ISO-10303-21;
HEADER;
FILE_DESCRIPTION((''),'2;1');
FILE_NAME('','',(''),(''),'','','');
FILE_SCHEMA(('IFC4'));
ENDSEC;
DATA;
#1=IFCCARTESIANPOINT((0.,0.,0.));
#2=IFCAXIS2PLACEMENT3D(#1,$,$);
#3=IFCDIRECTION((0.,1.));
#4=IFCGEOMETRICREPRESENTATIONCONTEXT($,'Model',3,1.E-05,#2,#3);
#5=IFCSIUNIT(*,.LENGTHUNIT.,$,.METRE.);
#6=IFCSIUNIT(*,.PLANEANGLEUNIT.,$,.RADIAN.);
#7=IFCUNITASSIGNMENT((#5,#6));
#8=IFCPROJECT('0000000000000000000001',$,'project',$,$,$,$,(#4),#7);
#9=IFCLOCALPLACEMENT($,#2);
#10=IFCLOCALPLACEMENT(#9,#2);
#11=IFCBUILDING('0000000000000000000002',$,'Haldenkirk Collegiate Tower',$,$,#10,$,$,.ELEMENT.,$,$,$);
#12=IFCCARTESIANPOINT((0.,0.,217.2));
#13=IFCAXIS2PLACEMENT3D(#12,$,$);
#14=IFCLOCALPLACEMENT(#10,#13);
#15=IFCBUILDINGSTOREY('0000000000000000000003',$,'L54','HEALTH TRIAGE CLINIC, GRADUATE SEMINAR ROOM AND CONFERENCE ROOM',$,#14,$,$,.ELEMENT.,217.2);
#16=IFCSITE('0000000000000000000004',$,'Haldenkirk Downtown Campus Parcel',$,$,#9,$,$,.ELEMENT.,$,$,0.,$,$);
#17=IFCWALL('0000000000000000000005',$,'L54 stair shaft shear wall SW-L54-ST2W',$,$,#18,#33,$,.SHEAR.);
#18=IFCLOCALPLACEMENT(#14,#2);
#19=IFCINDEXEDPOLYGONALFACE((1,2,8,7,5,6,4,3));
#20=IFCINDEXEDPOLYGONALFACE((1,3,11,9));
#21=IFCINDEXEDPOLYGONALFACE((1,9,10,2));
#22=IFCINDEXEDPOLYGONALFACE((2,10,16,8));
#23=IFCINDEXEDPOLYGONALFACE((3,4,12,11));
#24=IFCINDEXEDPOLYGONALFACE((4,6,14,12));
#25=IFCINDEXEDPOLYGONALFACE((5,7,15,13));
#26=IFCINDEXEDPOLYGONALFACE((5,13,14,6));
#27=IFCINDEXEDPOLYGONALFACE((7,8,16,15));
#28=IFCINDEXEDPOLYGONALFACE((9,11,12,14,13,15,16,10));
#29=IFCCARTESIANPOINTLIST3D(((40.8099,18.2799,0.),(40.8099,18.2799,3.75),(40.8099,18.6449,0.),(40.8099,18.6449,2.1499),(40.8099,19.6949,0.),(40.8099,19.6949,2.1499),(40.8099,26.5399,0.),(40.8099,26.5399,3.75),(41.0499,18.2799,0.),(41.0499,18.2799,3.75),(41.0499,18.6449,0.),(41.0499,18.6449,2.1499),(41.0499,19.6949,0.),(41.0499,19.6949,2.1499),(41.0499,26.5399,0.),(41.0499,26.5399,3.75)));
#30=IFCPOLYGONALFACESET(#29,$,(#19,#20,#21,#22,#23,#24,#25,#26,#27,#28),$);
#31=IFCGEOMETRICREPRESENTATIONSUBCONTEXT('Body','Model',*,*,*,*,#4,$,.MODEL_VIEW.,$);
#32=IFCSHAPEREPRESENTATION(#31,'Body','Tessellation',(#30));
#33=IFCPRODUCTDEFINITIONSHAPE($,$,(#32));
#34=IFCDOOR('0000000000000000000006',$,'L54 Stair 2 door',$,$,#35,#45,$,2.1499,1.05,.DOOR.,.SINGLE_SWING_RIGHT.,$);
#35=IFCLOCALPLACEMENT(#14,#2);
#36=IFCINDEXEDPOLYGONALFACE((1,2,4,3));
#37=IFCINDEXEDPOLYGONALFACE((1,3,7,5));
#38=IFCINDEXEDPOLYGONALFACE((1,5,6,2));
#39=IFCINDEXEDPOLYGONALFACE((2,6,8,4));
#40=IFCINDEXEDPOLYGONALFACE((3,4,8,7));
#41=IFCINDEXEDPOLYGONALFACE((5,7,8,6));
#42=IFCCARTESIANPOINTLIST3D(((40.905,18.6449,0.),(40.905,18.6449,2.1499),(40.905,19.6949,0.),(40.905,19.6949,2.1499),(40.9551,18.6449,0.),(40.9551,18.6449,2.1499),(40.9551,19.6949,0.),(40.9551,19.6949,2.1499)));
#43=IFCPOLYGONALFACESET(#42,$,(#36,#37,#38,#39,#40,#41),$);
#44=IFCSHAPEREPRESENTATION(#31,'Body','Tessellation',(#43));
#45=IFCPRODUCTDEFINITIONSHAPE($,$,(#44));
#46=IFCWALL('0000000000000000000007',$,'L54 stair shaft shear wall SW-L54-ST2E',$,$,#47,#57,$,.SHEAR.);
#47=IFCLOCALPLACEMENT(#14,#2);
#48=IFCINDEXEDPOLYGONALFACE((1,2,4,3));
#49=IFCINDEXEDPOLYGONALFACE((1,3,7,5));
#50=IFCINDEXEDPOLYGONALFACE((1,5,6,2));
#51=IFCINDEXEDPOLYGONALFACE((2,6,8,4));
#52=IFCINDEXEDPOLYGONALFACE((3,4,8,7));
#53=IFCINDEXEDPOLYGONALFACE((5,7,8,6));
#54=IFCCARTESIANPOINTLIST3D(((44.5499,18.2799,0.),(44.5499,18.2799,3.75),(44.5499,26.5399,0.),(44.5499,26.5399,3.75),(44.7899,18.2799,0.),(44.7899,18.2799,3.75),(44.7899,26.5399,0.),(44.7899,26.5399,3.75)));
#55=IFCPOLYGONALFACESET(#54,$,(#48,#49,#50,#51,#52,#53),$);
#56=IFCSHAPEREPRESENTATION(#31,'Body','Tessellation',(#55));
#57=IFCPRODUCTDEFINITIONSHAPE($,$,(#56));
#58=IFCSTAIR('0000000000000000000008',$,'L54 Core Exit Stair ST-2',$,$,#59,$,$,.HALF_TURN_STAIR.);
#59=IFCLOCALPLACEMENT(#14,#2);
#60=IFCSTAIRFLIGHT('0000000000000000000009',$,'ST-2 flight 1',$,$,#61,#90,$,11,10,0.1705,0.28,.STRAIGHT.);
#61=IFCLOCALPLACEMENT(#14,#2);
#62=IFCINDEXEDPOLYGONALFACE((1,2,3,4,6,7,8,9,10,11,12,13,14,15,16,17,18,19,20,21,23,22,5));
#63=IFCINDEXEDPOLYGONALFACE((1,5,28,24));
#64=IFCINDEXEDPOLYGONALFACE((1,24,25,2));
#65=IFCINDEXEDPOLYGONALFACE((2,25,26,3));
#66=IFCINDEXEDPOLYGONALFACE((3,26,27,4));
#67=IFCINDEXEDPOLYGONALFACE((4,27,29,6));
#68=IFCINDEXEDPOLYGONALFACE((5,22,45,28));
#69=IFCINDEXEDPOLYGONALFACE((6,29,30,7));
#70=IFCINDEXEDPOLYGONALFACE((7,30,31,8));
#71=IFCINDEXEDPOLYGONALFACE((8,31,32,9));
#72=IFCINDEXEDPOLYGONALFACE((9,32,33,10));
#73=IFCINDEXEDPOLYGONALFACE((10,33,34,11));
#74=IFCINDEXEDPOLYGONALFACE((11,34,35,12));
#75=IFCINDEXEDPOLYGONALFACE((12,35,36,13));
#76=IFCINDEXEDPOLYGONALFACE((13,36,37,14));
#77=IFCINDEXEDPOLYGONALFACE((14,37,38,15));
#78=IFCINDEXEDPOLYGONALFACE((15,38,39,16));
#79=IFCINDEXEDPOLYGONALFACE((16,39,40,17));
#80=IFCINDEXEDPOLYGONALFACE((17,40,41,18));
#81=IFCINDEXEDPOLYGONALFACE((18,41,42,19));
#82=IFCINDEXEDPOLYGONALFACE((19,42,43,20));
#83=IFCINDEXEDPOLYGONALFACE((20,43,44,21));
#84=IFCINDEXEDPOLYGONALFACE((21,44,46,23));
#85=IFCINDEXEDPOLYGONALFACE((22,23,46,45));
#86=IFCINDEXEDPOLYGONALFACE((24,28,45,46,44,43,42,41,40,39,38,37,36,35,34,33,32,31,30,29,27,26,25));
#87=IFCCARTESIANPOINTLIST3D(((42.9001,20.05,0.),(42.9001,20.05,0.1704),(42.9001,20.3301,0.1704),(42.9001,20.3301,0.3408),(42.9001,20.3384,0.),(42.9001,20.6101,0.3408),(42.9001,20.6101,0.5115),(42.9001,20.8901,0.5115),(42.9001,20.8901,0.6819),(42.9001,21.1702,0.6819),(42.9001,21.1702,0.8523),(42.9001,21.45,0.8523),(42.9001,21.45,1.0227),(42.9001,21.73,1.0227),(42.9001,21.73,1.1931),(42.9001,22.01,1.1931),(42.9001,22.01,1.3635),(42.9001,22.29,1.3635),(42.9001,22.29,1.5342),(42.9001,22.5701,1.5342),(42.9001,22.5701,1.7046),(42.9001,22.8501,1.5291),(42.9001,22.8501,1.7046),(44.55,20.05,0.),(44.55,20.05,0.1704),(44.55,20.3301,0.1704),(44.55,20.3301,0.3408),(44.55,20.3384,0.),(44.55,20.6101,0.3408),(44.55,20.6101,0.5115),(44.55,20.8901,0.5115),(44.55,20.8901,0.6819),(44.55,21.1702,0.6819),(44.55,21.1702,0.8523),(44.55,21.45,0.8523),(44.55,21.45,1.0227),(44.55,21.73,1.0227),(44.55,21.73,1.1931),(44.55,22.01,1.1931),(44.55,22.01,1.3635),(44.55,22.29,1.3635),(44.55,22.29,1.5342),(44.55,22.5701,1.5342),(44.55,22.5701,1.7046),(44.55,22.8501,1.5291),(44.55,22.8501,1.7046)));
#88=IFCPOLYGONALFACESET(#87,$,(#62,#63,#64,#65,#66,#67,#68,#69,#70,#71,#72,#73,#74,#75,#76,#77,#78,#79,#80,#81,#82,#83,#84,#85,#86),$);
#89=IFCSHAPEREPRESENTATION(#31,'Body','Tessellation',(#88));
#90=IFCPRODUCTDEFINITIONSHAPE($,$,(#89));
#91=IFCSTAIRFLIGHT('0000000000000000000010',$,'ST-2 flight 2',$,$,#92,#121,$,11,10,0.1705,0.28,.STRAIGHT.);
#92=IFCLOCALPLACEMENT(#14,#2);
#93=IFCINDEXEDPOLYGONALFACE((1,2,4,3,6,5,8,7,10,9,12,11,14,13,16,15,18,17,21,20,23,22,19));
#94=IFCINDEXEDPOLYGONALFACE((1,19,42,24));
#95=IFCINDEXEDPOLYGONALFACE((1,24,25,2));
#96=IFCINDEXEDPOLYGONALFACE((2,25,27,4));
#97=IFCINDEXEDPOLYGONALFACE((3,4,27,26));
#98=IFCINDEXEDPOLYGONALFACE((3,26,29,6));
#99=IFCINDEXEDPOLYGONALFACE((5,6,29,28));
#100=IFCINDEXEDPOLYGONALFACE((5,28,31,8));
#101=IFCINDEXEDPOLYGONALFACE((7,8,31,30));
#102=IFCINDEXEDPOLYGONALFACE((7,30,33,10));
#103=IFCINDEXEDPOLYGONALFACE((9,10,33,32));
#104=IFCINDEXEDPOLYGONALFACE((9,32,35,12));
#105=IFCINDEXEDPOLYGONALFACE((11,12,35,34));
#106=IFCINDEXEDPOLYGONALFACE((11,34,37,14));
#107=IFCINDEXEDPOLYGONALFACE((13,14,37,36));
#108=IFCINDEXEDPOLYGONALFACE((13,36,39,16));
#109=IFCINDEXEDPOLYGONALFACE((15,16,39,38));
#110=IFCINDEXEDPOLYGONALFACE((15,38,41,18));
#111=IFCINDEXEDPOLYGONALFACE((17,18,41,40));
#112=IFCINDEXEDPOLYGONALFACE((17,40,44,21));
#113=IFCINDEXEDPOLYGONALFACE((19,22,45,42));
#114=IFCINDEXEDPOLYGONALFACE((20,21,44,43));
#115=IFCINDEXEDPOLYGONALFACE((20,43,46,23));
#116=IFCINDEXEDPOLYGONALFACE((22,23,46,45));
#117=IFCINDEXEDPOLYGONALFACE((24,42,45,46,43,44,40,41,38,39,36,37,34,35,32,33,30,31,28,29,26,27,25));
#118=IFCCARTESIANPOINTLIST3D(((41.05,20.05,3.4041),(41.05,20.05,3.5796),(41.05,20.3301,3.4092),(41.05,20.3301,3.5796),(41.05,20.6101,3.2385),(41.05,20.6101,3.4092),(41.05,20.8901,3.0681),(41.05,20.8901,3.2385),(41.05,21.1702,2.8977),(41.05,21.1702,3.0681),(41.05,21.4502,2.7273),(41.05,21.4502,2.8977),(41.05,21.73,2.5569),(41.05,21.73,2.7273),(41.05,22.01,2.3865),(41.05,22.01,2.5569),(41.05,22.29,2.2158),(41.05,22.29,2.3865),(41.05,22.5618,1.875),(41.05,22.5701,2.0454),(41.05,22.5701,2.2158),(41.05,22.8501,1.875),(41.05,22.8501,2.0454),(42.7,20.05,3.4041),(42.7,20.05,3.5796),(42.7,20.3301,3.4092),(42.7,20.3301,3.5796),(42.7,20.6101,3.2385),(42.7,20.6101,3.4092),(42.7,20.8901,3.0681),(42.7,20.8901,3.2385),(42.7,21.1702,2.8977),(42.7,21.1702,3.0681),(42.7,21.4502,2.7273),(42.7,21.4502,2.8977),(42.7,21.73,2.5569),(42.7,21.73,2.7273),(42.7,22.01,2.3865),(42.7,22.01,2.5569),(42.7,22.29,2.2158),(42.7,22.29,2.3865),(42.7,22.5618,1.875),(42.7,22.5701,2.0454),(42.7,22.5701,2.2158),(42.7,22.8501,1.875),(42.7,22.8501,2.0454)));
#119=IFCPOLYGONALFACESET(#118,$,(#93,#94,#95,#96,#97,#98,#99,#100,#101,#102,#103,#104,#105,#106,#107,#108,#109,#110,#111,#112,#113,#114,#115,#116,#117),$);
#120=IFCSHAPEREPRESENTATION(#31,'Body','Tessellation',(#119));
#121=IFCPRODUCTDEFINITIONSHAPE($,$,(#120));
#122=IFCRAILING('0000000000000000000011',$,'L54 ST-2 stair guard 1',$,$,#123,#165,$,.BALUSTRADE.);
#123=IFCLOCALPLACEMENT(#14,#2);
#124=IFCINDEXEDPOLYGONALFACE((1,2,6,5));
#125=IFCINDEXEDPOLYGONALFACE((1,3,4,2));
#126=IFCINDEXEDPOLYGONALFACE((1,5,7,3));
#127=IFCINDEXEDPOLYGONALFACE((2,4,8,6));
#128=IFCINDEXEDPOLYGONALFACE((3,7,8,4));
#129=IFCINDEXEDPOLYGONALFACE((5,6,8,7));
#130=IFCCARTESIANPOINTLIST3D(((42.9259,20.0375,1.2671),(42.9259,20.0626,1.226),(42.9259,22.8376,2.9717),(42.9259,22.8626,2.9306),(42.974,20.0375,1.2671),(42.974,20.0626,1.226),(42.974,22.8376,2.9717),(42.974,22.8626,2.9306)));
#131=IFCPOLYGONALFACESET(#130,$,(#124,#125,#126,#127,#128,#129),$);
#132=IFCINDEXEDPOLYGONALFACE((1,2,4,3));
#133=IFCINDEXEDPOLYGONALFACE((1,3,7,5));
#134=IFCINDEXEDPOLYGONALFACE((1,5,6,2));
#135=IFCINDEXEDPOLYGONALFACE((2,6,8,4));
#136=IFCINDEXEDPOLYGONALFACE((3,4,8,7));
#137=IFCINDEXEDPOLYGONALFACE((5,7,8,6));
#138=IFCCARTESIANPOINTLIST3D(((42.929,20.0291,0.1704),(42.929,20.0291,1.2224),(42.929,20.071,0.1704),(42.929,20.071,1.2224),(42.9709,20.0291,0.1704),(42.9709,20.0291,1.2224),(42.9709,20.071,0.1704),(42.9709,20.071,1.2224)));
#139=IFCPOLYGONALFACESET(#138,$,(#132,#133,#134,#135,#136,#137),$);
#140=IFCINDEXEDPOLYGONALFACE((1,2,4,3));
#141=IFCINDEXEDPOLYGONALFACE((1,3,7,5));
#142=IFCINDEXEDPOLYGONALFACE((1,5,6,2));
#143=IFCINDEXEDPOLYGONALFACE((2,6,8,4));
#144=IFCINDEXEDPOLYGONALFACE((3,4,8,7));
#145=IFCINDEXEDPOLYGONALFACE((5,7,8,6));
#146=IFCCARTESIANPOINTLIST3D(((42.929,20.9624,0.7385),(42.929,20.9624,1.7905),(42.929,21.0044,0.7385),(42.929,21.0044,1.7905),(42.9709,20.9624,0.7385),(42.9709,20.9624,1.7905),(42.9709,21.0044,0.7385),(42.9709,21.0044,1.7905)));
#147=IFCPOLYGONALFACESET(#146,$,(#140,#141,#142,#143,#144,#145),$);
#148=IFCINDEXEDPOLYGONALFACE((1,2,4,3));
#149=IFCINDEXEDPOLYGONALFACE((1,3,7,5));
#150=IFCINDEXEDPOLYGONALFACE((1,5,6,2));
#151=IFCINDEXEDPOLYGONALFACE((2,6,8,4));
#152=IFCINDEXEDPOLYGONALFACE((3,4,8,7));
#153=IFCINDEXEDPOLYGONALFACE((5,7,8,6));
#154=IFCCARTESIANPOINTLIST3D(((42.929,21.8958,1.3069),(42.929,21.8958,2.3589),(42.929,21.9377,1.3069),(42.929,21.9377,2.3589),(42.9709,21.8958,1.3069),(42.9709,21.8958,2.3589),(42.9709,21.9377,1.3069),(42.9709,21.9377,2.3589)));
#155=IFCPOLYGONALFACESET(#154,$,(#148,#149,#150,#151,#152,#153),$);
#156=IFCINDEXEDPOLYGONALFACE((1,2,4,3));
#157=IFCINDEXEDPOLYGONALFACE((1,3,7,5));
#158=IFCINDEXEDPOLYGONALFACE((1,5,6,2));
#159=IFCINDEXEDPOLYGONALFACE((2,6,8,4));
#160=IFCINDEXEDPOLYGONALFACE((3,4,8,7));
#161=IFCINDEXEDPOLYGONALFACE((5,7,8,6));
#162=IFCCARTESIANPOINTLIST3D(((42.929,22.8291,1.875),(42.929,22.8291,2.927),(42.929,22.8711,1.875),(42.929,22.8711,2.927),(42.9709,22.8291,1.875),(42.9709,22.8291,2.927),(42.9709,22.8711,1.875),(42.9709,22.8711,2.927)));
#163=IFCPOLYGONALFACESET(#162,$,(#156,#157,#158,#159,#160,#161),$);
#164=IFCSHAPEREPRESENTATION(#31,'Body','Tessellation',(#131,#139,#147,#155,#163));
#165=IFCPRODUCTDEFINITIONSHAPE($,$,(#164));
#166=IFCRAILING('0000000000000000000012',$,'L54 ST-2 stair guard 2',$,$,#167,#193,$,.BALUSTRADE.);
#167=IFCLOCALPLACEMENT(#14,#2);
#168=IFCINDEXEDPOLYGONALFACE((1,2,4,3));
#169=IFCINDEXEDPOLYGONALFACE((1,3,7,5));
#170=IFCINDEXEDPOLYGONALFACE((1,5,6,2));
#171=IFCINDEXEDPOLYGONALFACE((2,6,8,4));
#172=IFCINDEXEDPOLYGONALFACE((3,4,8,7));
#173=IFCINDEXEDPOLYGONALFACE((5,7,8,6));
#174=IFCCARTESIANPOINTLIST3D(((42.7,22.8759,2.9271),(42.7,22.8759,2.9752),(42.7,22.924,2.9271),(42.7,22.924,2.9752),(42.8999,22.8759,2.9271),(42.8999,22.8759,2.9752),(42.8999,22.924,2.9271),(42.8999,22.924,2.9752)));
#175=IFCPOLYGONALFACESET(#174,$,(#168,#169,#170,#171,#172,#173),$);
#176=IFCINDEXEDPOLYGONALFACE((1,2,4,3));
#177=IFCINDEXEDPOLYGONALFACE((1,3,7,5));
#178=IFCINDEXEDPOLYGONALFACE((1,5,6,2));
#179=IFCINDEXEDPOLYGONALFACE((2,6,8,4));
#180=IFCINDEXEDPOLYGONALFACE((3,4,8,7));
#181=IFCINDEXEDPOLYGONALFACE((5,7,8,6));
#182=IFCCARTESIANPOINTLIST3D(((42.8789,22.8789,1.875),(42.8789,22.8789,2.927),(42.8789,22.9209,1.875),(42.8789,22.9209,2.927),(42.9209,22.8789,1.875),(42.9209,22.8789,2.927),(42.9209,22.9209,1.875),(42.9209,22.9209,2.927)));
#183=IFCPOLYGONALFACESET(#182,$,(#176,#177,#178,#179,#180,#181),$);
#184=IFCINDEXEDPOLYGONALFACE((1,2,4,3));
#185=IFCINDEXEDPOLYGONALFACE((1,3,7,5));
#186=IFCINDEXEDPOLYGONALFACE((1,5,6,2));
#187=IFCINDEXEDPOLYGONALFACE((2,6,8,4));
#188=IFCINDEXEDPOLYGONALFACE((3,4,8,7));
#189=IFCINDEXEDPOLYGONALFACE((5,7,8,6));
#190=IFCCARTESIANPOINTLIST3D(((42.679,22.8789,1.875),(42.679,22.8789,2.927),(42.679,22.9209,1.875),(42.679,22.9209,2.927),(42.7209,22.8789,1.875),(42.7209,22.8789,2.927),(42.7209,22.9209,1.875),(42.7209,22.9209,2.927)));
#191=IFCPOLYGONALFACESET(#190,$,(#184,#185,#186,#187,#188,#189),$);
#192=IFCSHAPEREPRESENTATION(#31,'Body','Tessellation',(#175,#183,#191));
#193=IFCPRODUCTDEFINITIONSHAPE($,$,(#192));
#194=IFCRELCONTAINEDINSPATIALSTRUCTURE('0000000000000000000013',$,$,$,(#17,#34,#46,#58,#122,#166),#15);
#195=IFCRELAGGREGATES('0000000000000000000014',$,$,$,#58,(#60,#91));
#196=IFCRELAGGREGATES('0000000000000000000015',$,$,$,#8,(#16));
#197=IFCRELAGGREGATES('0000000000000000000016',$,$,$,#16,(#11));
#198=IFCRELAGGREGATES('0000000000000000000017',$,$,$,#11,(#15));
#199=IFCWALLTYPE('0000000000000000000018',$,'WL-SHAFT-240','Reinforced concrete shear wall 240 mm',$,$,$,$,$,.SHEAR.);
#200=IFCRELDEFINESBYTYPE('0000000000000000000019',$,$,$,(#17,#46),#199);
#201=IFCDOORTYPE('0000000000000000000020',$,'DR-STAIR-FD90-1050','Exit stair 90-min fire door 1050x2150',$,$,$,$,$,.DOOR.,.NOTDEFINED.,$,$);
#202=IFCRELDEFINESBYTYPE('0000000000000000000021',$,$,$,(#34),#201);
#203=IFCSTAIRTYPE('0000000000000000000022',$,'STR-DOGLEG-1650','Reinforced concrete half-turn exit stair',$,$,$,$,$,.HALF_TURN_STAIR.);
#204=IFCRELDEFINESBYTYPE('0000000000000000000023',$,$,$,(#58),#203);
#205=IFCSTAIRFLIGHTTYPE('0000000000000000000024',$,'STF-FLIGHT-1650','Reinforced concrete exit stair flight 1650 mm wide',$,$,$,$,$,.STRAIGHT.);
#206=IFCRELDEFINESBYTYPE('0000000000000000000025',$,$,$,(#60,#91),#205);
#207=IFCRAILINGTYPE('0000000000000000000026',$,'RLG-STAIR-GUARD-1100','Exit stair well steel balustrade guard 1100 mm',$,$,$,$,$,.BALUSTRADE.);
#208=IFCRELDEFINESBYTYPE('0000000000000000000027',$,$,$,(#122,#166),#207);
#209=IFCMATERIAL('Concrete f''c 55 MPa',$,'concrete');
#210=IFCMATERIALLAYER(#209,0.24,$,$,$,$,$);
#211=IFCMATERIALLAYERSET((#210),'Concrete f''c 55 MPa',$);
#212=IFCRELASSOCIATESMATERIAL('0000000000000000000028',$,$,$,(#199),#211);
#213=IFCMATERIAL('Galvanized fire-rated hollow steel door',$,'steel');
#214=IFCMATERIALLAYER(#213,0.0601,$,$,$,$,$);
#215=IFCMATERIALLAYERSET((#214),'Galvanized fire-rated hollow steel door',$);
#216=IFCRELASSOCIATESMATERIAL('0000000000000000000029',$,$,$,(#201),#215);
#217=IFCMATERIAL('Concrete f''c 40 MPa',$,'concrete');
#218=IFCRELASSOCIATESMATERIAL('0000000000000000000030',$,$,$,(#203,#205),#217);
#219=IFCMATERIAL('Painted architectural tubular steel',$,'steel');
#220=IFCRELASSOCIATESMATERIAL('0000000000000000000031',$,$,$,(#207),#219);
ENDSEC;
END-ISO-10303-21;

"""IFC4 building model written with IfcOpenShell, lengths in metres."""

from ifc_helpers import new_model, si_unit, direction, frame, frame_2d, origin, origin_2d, place, context, subcontext, project, spatial, polyline, rectangle, outline, extrude, material, layer, layer_set, type_object, element, fill, aggregate, save


model = new_model("IFC4")

# Units and contexts
model_context = context("Model", 3, precision=1e-05, world=origin(), true_north=direction((0.0, 1.0)))
body_context = subcontext(model_context, "Body", "Model", "MODEL_VIEW")
ifc_project = project(units=[si_unit("LENGTHUNIT", "METRE"), si_unit("PLANEANGLEUNIT", "RADIAN")], contexts=[model_context])

# Site, building, storey
site_placement = place(None, origin())
site = spatial("IfcSite", under=ifc_project, at=site_placement, Name="Haldenkirk Downtown Campus Parcel", CompositionType="ELEMENT", RefElevation=0.0)
building_placement = place(site_placement, origin())
building = spatial("IfcBuilding", under=site, at=building_placement, Name="Haldenkirk Collegiate Tower", CompositionType="ELEMENT")
storey_placement = place(building_placement, frame((0.0, 0.0, 217.2)))
storey = spatial("IfcBuildingStorey", under=building, at=storey_placement, Name="L54", Description="HEALTH TRIAGE CLINIC, GRADUATE SEMINAR ROOM AND CONFERENCE ROOM", CompositionType="ELEMENT", Elevation=217.2)

# Shared definitions
ifc_material_1 = material(Name="Concrete f'c 55 MPa", Category="concrete")
ifc_material_2 = material(Name="Galvanized fire-rated hollow steel door", Category="steel")

# Wall, opening, door
ifc_layer_1 = layer(ifc_material_1, 0.24)
ifc_layer_set_1 = layer_set([ifc_layer_1], Name="Concrete f'c 55 MPa")
wall_type_1 = type_object("IfcWallType", Name="WL-SHAFT-240", Description="Reinforced concrete shear wall 240 mm", PredefinedType="SHEAR", material=ifc_layer_set_1)
wall_1_placement = place(storey_placement, frame((40.9299, 18.28, 0.0), z_axis=(0.0, 0.0, 1.0), x_axis=(0.0, 1.0, 0.0)))
wall_1 = element("IfcWall", 1, at=wall_1_placement, inside=storey, type_object=wall_type_1, Name="L54 stair shaft shear wall SW-L54-ST2W", PredefinedType="SHEAR", context=body_context, shape_type="SweptSolid", body=[
    extrude(rectangle(XDim=8.26, YDim=0.24, at=frame_2d((4.1299, 0.0))), origin(), (0.0, 0.0, 1.0), 3.75),
])
opening_1_placement = place(wall_1_placement, frame((0.365, 0.0, 0.0)))
opening_1 = element("IfcOpeningElement", 2, at=opening_1_placement, cuts=wall_1, PredefinedType="OPENING", context=body_context, shape_type="SweptSolid", body=[
    extrude(rectangle(XDim=1.05, YDim=2.1499, at=frame_2d((0.5249, 1.075))), frame((0.0, 0.1299, 0.0), z_axis=(0.0, -1.0, 0.0), x_axis=(1.0, 0.0, 0.0)), (0.0, 0.0, 1.0), 0.26),
])
ifc_layer_2 = layer(ifc_material_2, 0.0601)
ifc_layer_set_2 = layer_set([ifc_layer_2], Name="Galvanized fire-rated hollow steel door")
door_type_1 = type_object("IfcDoorType", Name="DR-STAIR-FD90-1050", Description="Exit stair 90-min fire door 1050x2150", OperationType="NOTDEFINED", PredefinedType="DOOR", material=ifc_layer_set_2)
door_1_placement = place(opening_1_placement, origin())
door_1 = element("IfcDoor", 3, at=door_1_placement, inside=storey, type_object=door_type_1, Name="L54 Stair 2 door", OperationType="SINGLE_SWING_RIGHT", OverallHeight=2.1499, OverallWidth=1.05, PredefinedType="DOOR", context=body_context, shape_type="SweptSolid", body=[
    extrude(rectangle(XDim=1.05, YDim=2.1499, at=frame_2d((0.5249, 1.075))), frame((0.0, 0.0249, 0.0), z_axis=(0.0, -1.0, 0.0), x_axis=(1.0, 0.0, 0.0)), (0.0, 0.0, 1.0), 0.05),
])
fill(opening_1, door_1)

# Wall
wall_2_placement = place(storey_placement, frame((44.6699, 18.28, 0.0), z_axis=(0.0, 0.0, 1.0), x_axis=(0.0, 1.0, 0.0)))
element("IfcWall", 4, at=wall_2_placement, inside=storey, type_object=wall_type_1, Name="L54 stair shaft shear wall SW-L54-ST2E", PredefinedType="SHEAR", context=body_context, shape_type="SweptSolid", body=[
    extrude(rectangle(XDim=8.26, YDim=0.24, at=frame_2d((4.1299, 0.0))), origin(), (0.0, 0.0, 1.0), 3.75),
])

# Stair, stair flights
ifc_material_3 = material(Name="Concrete f'c 40 MPa", Category="concrete")
stair_type = type_object("IfcStairType", Name="STR-DOGLEG-1650", Description="Reinforced concrete half-turn exit stair", PredefinedType="HALF_TURN_STAIR", material=ifc_material_3)
stair_placement = place(storey_placement, origin())
stair = element("IfcStair", 5, at=stair_placement, inside=storey, type_object=stair_type, Name="L54 Core Exit Stair ST-2", PredefinedType="HALF_TURN_STAIR")
stair_flight_type = type_object("IfcStairFlightType", Name="STF-FLIGHT-1650", Description="Reinforced concrete exit stair flight 1650 mm wide", PredefinedType="STRAIGHT", material=ifc_material_3)
stair_flight_1_placement = place(storey_placement, frame((43.7251, 20.05, 0.0), z_axis=(0.0, 0.0, 1.0), x_axis=(0.0, 1.0, 0.0)))
stair_flight_1 = element("IfcStairFlight", 6, at=stair_flight_1_placement, type_object=stair_flight_type, Name="ST-2 flight 1", NumberOfRisers=11, NumberOfTreads=10, PredefinedType="STRAIGHT", RiserHeight=0.1705, TreadLength=0.28, context=body_context, shape_type="SweptSolid", body=[
    extrude(outline(polyline([(0.0, 0.0), (0.0, 0.1704), (0.28, 0.1704), (0.28, 0.3408), (0.5601, 0.3408), (0.5601, 0.5115), (0.8401, 0.5115), (0.8401, 0.6819), (1.1201, 0.6819), (1.1201, 0.8523), (1.3999, 0.8523), (1.3999, 1.0227), (1.6799, 1.0227), (1.6799, 1.1931), (1.96, 1.1931), (1.96, 1.3635), (2.24, 1.3635), (2.24, 1.5342), (2.52, 1.5342), (2.52, 1.7046), (2.8, 1.7046), (2.8, 1.875), (2.8, 1.5291), (0.2883, 0.0), (0.0, 0.0)])), frame((0.0, 0.825, 0.0), z_axis=(0.0, -1.0, 0.0), x_axis=(1.0, 0.0, 0.0)), (0.0, 0.0, 1.0), 1.6499),
])
stair_flight_2_placement = place(storey_placement, frame((41.875, 22.8501, 1.875), z_axis=(0.0, 0.0, 1.0), x_axis=(0.0, -1.0, 0.0)))
stair_flight_2 = element("IfcStairFlight", 7, at=stair_flight_2_placement, type_object=stair_flight_type, Name="ST-2 flight 2", NumberOfRisers=11, NumberOfTreads=10, PredefinedType="STRAIGHT", RiserHeight=0.1705, TreadLength=0.28, context=body_context, shape_type="SweptSolid", body=[
    extrude(outline(polyline([(0.0, 0.0), (0.0, 0.1704), (0.28, 0.1704), (0.28, 0.3408), (0.5601, 0.3408), (0.5601, 0.5115), (0.8401, 0.5115), (0.8401, 0.6819), (1.1201, 0.6819), (1.1201, 0.8523), (1.3999, 0.8523), (1.3999, 1.0227), (1.6799, 1.0227), (1.6799, 1.1931), (1.96, 1.1931), (1.96, 1.3635), (2.24, 1.3635), (2.24, 1.5342), (2.52, 1.5342), (2.52, 1.7046), (2.8, 1.7046), (2.8, 1.875), (2.8, 1.5291), (0.2883, 0.0), (0.0, 0.0)])), frame((0.0, 0.825, 0.0), z_axis=(0.0, -1.0, 0.0), x_axis=(1.0, 0.0, 0.0)), (0.0, 0.0, 1.0), 1.6499),
])
aggregate(stair, [stair_flight_1, stair_flight_2])

# Railings
ifc_material_4 = material(Name="Painted architectural tubular steel", Category="steel")
railing_type_1 = type_object("IfcRailingType", Name="RLG-STAIR-GUARD-1100", Description="Exit stair well steel balustrade guard 1100 mm", PredefinedType="BALUSTRADE", material=ifc_material_4)
railing_1_placement = place(storey_placement, frame((42.95, 20.05, 0.1704)))
element("IfcRailing", 8, at=railing_1_placement, inside=storey, type_object=railing_type_1, Name="L54 ST-2 stair guard 1", PredefinedType="BALUSTRADE", context=body_context, shape_type="SweptSolid", body=[
    extrude(rectangle(XDim=0.0481, YDim=0.0481, at=origin_2d()), frame((0.0, 0.0, 1.0762), z_axis=(0.0, 0.85417, 0.519994), x_axis=(-1.0, 0.0, 0.0)), (0.0, 0.0, 1.0), 3.2781),
    extrude(rectangle(XDim=0.042, YDim=0.042, at=origin_2d()), origin(), (0.0, 0.0, 1.0), 1.052),
    extrude(rectangle(XDim=0.042, YDim=0.042, at=origin_2d()), frame((0.0, 0.9333, 0.5681)), (0.0, 0.0, 1.0), 1.052),
    extrude(rectangle(XDim=0.042, YDim=0.042, at=origin_2d()), frame((0.0, 1.8667, 1.1365)), (0.0, 0.0, 1.0), 1.052),
    extrude(rectangle(XDim=0.042, YDim=0.042, at=origin_2d()), frame((0.0, 2.8, 1.7046)), (0.0, 0.0, 1.0), 1.052),
])
railing_2_placement = place(storey_placement, frame((42.8999, 22.8999, 1.875)))
element("IfcRailing", 9, at=railing_2_placement, inside=storey, type_object=railing_type_1, Name="L54 ST-2 stair guard 2", PredefinedType="BALUSTRADE", context=body_context, shape_type="SweptSolid", body=[
    extrude(rectangle(XDim=0.0481, YDim=0.0481, at=origin_2d()), frame((0.0, 0.0, 1.0762), z_axis=(-1.0, 0.0, 0.0), x_axis=(0.0, -1.0, 0.0)), (0.0, 0.0, 1.0), 0.2),
    extrude(rectangle(XDim=0.042, YDim=0.042, at=origin_2d()), origin(), (0.0, 0.0, 1.0), 1.052),
    extrude(rectangle(XDim=0.042, YDim=0.042, at=origin_2d()), frame((-0.2, 0.0, 0.0)), (0.0, 0.0, 1.0), 1.052),
])

save(model, "model.ifc")
